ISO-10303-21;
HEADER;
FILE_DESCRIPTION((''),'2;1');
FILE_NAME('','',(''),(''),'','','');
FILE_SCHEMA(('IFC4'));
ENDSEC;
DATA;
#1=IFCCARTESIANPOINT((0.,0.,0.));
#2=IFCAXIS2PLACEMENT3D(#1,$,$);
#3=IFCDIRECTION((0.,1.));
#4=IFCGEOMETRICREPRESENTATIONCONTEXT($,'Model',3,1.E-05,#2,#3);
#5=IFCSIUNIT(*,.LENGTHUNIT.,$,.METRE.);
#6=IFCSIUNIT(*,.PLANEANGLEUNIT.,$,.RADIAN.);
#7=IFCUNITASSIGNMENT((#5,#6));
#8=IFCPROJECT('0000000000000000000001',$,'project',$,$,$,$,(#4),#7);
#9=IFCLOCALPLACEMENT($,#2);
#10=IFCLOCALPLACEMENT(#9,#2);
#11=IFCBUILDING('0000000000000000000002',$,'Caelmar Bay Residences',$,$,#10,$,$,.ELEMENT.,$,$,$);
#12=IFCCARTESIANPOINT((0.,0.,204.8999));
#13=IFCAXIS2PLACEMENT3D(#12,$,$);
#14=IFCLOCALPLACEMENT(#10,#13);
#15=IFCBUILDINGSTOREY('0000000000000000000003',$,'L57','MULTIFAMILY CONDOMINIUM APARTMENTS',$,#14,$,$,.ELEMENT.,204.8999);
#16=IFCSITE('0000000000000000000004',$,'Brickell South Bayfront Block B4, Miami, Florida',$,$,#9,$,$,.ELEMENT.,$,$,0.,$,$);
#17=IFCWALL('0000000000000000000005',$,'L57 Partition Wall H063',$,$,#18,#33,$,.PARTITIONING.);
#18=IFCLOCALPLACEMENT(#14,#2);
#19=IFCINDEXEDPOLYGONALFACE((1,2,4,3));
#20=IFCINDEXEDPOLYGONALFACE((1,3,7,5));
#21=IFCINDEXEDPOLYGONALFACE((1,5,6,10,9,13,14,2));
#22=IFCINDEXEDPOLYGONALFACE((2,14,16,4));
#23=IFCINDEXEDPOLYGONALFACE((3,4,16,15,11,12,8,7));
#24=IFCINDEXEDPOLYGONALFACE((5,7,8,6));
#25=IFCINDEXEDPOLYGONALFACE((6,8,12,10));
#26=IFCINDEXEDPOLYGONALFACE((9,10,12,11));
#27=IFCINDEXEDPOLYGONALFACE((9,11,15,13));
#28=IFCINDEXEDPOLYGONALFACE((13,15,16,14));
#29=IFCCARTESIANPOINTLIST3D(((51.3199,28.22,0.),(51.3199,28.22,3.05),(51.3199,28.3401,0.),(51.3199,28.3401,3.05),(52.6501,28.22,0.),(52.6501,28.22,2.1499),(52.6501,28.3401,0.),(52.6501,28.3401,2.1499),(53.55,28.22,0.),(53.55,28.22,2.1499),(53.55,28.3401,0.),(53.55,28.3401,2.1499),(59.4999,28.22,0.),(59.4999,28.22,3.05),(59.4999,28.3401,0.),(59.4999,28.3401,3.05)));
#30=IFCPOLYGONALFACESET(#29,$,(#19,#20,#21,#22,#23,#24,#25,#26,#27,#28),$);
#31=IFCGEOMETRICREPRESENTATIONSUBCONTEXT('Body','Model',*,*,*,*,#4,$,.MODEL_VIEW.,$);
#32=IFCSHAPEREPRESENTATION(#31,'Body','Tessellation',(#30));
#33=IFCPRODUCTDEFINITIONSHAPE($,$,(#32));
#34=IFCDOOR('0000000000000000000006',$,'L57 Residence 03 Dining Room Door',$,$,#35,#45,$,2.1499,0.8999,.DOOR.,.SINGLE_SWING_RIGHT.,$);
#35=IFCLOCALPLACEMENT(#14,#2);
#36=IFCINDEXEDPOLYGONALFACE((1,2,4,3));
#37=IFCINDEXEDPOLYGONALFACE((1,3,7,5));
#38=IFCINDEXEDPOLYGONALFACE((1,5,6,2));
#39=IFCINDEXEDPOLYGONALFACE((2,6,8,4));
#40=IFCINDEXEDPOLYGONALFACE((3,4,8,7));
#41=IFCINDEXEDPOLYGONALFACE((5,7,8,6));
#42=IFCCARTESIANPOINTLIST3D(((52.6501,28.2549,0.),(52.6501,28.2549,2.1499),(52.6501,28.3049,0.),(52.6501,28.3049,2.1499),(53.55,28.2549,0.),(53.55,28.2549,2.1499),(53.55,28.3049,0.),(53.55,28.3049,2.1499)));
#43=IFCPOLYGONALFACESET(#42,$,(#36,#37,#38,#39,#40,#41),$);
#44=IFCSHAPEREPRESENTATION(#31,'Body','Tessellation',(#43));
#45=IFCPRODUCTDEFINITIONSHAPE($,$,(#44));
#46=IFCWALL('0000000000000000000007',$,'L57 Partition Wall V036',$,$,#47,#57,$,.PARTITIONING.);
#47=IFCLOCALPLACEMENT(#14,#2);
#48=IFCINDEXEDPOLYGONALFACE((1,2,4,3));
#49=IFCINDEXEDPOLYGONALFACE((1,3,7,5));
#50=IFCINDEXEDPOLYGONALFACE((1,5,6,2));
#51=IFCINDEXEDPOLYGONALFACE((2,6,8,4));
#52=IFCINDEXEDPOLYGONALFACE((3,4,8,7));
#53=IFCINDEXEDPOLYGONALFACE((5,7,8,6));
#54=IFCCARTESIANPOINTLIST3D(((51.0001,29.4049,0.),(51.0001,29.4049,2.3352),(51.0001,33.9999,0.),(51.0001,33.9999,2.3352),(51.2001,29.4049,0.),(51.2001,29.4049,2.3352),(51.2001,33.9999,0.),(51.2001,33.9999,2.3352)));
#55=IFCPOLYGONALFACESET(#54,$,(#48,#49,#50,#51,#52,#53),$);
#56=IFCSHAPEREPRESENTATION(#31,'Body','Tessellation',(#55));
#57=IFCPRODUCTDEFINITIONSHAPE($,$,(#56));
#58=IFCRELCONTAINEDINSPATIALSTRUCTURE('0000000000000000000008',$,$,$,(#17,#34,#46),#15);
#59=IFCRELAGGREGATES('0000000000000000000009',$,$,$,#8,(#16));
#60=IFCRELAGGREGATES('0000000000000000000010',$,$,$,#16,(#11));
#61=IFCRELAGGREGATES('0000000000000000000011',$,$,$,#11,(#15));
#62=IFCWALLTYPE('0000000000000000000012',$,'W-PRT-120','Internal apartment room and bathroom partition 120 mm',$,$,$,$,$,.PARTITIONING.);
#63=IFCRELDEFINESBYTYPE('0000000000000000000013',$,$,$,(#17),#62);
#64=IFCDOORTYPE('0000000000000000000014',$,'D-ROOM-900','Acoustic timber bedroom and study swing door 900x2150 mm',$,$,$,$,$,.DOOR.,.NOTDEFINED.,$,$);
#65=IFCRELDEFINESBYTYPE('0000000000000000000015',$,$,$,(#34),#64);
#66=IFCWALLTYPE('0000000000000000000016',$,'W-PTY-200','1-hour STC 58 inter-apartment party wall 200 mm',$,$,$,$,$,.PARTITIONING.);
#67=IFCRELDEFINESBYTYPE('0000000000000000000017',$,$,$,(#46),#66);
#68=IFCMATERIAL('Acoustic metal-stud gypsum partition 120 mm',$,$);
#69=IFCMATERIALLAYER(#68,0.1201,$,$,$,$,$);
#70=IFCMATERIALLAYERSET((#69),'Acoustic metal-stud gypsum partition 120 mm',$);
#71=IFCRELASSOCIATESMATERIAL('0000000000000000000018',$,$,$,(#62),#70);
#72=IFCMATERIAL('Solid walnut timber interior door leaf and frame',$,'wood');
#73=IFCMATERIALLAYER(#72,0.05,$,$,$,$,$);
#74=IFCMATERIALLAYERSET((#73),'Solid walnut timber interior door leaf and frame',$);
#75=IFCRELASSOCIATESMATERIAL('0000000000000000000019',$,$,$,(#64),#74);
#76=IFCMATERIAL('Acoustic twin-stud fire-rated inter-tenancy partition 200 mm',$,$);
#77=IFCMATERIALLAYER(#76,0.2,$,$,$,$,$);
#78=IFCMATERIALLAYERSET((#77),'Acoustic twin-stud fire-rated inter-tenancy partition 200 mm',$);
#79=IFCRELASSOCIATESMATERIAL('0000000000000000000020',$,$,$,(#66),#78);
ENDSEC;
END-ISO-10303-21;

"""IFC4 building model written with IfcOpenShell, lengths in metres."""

from ifc_helpers import new_model, si_unit, direction, frame, frame_2d, origin, place, context, subcontext, project, spatial, rectangle, extrude, material, layer, layer_set, type_object, element, fill, save


model = new_model("IFC4")

# Units and contexts
model_context = context("Model", 3, precision=1e-05, world=origin(), true_north=direction((0.0, 1.0)))
body_context = subcontext(model_context, "Body", "Model", "MODEL_VIEW")
ifc_project = project(units=[si_unit("LENGTHUNIT", "METRE"), si_unit("PLANEANGLEUNIT", "RADIAN")], contexts=[model_context])

# Site, building, storey
site_placement = place(None, origin())
site = spatial("IfcSite", under=ifc_project, at=site_placement, Name="Brickell South Bayfront Block B4, Miami, Florida", CompositionType="ELEMENT", RefElevation=0.0)
building_placement = place(site_placement, origin())
building = spatial("IfcBuilding", under=site, at=building_placement, Name="Caelmar Bay Residences", CompositionType="ELEMENT")
storey_placement = place(building_placement, frame((0.0, 0.0, 204.8999)))
storey = spatial("IfcBuildingStorey", under=building, at=storey_placement, Name="L57", Description="MULTIFAMILY CONDOMINIUM APARTMENTS", CompositionType="ELEMENT", Elevation=204.8999)

# Wall, opening, door
ifc_material_1 = material(Name="Acoustic metal-stud gypsum partition 120 mm")
ifc_layer_1 = layer(ifc_material_1, 0.1201)
ifc_layer_set_1 = layer_set([ifc_layer_1], Name="Acoustic metal-stud gypsum partition 120 mm")
wall_type_1 = type_object("IfcWallType", Name="W-PRT-120", Description="Internal apartment room and bathroom partition 120 mm", PredefinedType="PARTITIONING", material=ifc_layer_set_1)
ifc_material_2 = material(Name="Solid walnut timber interior door leaf and frame", Category="wood")
ifc_layer_2 = layer(ifc_material_2, 0.05)
ifc_layer_set_2 = layer_set([ifc_layer_2], Name="Solid walnut timber interior door leaf and frame")
door_type_1 = type_object("IfcDoorType", Name="D-ROOM-900", Description="Acoustic timber bedroom and study swing door 900x2150 mm", OperationType="NOTDEFINED", PredefinedType="DOOR", material=ifc_layer_set_2)
wall_1_placement = place(storey_placement, frame((51.3201, 28.28, 0.0), z_axis=(0.0, 0.0, 1.0), x_axis=(1.0, 0.0, 0.0)))
wall_1 = element("IfcWall", 1, at=wall_1_placement, inside=storey, type_object=wall_type_1, Name="L57 Partition Wall H063", PredefinedType="PARTITIONING", context=body_context, shape_type="SweptSolid", body=[
    extrude(rectangle(XDim=8.1799, YDim=0.1201, at=frame_2d((4.0898, 0.0))), origin(), (0.0, 0.0, 1.0), 3.05),
])
opening_1_placement = place(wall_1_placement, frame((1.3301, 0.0, 0.0)))
opening_1 = element("IfcOpeningElement", 2, at=opening_1_placement, cuts=wall_1, PredefinedType="OPENING", context=body_context, shape_type="SweptSolid", body=[
    extrude(rectangle(XDim=0.8999, YDim=2.1499, at=frame_2d((0.45, 1.075))), frame((0.0, 0.0701, 0.0), z_axis=(0.0, -1.0, 0.0), x_axis=(1.0, 0.0, 0.0)), (0.0, 0.0, 1.0), 0.1401),
])
door_1_placement = place(opening_1_placement, origin())
door_1 = element("IfcDoor", 3, at=door_1_placement, inside=storey, type_object=door_type_1, Name="L57 Residence 03 Dining Room Door", OperationType="SINGLE_SWING_RIGHT", OverallHeight=2.1499, OverallWidth=0.8999, PredefinedType="DOOR", context=body_context, shape_type="SweptSolid", body=[
    extrude(rectangle(XDim=0.8999, YDim=2.1499, at=frame_2d((0.45, 1.075))), frame((0.0, 0.0249, 0.0), z_axis=(0.0, -1.0, 0.0), x_axis=(1.0, 0.0, 0.0)), (0.0, 0.0, 1.0), 0.05),
])
fill(opening_1, door_1)

# Wall
ifc_material_3 = material(Name="Acoustic twin-stud fire-rated inter-tenancy partition 200 mm")
ifc_layer_3 = layer(ifc_material_3, 0.2)
ifc_layer_set_3 = layer_set([ifc_layer_3], Name="Acoustic twin-stud fire-rated inter-tenancy partition 200 mm")
wall_type_2 = type_object("IfcWallType", Name="W-PTY-200", Description="1-hour STC 58 inter-apartment party wall 200 mm", PredefinedType="PARTITIONING", material=ifc_layer_set_3)
wall_2_placement = place(storey_placement, frame((51.1001, 29.405, 0.0), z_axis=(0.0, 0.0, 1.0), x_axis=(0.0, 1.0, 0.0)))
element("IfcWall", 4, at=wall_2_placement, inside=storey, type_object=wall_type_2, Name="L57 Partition Wall V036", PredefinedType="PARTITIONING", context=body_context, shape_type="SweptSolid", body=[
    extrude(rectangle(XDim=4.595, YDim=0.2, at=frame_2d((2.2974, 0.0))), origin(), (0.0, 0.0, 1.0), 2.3352),
])

save(model, "model.ifc")
